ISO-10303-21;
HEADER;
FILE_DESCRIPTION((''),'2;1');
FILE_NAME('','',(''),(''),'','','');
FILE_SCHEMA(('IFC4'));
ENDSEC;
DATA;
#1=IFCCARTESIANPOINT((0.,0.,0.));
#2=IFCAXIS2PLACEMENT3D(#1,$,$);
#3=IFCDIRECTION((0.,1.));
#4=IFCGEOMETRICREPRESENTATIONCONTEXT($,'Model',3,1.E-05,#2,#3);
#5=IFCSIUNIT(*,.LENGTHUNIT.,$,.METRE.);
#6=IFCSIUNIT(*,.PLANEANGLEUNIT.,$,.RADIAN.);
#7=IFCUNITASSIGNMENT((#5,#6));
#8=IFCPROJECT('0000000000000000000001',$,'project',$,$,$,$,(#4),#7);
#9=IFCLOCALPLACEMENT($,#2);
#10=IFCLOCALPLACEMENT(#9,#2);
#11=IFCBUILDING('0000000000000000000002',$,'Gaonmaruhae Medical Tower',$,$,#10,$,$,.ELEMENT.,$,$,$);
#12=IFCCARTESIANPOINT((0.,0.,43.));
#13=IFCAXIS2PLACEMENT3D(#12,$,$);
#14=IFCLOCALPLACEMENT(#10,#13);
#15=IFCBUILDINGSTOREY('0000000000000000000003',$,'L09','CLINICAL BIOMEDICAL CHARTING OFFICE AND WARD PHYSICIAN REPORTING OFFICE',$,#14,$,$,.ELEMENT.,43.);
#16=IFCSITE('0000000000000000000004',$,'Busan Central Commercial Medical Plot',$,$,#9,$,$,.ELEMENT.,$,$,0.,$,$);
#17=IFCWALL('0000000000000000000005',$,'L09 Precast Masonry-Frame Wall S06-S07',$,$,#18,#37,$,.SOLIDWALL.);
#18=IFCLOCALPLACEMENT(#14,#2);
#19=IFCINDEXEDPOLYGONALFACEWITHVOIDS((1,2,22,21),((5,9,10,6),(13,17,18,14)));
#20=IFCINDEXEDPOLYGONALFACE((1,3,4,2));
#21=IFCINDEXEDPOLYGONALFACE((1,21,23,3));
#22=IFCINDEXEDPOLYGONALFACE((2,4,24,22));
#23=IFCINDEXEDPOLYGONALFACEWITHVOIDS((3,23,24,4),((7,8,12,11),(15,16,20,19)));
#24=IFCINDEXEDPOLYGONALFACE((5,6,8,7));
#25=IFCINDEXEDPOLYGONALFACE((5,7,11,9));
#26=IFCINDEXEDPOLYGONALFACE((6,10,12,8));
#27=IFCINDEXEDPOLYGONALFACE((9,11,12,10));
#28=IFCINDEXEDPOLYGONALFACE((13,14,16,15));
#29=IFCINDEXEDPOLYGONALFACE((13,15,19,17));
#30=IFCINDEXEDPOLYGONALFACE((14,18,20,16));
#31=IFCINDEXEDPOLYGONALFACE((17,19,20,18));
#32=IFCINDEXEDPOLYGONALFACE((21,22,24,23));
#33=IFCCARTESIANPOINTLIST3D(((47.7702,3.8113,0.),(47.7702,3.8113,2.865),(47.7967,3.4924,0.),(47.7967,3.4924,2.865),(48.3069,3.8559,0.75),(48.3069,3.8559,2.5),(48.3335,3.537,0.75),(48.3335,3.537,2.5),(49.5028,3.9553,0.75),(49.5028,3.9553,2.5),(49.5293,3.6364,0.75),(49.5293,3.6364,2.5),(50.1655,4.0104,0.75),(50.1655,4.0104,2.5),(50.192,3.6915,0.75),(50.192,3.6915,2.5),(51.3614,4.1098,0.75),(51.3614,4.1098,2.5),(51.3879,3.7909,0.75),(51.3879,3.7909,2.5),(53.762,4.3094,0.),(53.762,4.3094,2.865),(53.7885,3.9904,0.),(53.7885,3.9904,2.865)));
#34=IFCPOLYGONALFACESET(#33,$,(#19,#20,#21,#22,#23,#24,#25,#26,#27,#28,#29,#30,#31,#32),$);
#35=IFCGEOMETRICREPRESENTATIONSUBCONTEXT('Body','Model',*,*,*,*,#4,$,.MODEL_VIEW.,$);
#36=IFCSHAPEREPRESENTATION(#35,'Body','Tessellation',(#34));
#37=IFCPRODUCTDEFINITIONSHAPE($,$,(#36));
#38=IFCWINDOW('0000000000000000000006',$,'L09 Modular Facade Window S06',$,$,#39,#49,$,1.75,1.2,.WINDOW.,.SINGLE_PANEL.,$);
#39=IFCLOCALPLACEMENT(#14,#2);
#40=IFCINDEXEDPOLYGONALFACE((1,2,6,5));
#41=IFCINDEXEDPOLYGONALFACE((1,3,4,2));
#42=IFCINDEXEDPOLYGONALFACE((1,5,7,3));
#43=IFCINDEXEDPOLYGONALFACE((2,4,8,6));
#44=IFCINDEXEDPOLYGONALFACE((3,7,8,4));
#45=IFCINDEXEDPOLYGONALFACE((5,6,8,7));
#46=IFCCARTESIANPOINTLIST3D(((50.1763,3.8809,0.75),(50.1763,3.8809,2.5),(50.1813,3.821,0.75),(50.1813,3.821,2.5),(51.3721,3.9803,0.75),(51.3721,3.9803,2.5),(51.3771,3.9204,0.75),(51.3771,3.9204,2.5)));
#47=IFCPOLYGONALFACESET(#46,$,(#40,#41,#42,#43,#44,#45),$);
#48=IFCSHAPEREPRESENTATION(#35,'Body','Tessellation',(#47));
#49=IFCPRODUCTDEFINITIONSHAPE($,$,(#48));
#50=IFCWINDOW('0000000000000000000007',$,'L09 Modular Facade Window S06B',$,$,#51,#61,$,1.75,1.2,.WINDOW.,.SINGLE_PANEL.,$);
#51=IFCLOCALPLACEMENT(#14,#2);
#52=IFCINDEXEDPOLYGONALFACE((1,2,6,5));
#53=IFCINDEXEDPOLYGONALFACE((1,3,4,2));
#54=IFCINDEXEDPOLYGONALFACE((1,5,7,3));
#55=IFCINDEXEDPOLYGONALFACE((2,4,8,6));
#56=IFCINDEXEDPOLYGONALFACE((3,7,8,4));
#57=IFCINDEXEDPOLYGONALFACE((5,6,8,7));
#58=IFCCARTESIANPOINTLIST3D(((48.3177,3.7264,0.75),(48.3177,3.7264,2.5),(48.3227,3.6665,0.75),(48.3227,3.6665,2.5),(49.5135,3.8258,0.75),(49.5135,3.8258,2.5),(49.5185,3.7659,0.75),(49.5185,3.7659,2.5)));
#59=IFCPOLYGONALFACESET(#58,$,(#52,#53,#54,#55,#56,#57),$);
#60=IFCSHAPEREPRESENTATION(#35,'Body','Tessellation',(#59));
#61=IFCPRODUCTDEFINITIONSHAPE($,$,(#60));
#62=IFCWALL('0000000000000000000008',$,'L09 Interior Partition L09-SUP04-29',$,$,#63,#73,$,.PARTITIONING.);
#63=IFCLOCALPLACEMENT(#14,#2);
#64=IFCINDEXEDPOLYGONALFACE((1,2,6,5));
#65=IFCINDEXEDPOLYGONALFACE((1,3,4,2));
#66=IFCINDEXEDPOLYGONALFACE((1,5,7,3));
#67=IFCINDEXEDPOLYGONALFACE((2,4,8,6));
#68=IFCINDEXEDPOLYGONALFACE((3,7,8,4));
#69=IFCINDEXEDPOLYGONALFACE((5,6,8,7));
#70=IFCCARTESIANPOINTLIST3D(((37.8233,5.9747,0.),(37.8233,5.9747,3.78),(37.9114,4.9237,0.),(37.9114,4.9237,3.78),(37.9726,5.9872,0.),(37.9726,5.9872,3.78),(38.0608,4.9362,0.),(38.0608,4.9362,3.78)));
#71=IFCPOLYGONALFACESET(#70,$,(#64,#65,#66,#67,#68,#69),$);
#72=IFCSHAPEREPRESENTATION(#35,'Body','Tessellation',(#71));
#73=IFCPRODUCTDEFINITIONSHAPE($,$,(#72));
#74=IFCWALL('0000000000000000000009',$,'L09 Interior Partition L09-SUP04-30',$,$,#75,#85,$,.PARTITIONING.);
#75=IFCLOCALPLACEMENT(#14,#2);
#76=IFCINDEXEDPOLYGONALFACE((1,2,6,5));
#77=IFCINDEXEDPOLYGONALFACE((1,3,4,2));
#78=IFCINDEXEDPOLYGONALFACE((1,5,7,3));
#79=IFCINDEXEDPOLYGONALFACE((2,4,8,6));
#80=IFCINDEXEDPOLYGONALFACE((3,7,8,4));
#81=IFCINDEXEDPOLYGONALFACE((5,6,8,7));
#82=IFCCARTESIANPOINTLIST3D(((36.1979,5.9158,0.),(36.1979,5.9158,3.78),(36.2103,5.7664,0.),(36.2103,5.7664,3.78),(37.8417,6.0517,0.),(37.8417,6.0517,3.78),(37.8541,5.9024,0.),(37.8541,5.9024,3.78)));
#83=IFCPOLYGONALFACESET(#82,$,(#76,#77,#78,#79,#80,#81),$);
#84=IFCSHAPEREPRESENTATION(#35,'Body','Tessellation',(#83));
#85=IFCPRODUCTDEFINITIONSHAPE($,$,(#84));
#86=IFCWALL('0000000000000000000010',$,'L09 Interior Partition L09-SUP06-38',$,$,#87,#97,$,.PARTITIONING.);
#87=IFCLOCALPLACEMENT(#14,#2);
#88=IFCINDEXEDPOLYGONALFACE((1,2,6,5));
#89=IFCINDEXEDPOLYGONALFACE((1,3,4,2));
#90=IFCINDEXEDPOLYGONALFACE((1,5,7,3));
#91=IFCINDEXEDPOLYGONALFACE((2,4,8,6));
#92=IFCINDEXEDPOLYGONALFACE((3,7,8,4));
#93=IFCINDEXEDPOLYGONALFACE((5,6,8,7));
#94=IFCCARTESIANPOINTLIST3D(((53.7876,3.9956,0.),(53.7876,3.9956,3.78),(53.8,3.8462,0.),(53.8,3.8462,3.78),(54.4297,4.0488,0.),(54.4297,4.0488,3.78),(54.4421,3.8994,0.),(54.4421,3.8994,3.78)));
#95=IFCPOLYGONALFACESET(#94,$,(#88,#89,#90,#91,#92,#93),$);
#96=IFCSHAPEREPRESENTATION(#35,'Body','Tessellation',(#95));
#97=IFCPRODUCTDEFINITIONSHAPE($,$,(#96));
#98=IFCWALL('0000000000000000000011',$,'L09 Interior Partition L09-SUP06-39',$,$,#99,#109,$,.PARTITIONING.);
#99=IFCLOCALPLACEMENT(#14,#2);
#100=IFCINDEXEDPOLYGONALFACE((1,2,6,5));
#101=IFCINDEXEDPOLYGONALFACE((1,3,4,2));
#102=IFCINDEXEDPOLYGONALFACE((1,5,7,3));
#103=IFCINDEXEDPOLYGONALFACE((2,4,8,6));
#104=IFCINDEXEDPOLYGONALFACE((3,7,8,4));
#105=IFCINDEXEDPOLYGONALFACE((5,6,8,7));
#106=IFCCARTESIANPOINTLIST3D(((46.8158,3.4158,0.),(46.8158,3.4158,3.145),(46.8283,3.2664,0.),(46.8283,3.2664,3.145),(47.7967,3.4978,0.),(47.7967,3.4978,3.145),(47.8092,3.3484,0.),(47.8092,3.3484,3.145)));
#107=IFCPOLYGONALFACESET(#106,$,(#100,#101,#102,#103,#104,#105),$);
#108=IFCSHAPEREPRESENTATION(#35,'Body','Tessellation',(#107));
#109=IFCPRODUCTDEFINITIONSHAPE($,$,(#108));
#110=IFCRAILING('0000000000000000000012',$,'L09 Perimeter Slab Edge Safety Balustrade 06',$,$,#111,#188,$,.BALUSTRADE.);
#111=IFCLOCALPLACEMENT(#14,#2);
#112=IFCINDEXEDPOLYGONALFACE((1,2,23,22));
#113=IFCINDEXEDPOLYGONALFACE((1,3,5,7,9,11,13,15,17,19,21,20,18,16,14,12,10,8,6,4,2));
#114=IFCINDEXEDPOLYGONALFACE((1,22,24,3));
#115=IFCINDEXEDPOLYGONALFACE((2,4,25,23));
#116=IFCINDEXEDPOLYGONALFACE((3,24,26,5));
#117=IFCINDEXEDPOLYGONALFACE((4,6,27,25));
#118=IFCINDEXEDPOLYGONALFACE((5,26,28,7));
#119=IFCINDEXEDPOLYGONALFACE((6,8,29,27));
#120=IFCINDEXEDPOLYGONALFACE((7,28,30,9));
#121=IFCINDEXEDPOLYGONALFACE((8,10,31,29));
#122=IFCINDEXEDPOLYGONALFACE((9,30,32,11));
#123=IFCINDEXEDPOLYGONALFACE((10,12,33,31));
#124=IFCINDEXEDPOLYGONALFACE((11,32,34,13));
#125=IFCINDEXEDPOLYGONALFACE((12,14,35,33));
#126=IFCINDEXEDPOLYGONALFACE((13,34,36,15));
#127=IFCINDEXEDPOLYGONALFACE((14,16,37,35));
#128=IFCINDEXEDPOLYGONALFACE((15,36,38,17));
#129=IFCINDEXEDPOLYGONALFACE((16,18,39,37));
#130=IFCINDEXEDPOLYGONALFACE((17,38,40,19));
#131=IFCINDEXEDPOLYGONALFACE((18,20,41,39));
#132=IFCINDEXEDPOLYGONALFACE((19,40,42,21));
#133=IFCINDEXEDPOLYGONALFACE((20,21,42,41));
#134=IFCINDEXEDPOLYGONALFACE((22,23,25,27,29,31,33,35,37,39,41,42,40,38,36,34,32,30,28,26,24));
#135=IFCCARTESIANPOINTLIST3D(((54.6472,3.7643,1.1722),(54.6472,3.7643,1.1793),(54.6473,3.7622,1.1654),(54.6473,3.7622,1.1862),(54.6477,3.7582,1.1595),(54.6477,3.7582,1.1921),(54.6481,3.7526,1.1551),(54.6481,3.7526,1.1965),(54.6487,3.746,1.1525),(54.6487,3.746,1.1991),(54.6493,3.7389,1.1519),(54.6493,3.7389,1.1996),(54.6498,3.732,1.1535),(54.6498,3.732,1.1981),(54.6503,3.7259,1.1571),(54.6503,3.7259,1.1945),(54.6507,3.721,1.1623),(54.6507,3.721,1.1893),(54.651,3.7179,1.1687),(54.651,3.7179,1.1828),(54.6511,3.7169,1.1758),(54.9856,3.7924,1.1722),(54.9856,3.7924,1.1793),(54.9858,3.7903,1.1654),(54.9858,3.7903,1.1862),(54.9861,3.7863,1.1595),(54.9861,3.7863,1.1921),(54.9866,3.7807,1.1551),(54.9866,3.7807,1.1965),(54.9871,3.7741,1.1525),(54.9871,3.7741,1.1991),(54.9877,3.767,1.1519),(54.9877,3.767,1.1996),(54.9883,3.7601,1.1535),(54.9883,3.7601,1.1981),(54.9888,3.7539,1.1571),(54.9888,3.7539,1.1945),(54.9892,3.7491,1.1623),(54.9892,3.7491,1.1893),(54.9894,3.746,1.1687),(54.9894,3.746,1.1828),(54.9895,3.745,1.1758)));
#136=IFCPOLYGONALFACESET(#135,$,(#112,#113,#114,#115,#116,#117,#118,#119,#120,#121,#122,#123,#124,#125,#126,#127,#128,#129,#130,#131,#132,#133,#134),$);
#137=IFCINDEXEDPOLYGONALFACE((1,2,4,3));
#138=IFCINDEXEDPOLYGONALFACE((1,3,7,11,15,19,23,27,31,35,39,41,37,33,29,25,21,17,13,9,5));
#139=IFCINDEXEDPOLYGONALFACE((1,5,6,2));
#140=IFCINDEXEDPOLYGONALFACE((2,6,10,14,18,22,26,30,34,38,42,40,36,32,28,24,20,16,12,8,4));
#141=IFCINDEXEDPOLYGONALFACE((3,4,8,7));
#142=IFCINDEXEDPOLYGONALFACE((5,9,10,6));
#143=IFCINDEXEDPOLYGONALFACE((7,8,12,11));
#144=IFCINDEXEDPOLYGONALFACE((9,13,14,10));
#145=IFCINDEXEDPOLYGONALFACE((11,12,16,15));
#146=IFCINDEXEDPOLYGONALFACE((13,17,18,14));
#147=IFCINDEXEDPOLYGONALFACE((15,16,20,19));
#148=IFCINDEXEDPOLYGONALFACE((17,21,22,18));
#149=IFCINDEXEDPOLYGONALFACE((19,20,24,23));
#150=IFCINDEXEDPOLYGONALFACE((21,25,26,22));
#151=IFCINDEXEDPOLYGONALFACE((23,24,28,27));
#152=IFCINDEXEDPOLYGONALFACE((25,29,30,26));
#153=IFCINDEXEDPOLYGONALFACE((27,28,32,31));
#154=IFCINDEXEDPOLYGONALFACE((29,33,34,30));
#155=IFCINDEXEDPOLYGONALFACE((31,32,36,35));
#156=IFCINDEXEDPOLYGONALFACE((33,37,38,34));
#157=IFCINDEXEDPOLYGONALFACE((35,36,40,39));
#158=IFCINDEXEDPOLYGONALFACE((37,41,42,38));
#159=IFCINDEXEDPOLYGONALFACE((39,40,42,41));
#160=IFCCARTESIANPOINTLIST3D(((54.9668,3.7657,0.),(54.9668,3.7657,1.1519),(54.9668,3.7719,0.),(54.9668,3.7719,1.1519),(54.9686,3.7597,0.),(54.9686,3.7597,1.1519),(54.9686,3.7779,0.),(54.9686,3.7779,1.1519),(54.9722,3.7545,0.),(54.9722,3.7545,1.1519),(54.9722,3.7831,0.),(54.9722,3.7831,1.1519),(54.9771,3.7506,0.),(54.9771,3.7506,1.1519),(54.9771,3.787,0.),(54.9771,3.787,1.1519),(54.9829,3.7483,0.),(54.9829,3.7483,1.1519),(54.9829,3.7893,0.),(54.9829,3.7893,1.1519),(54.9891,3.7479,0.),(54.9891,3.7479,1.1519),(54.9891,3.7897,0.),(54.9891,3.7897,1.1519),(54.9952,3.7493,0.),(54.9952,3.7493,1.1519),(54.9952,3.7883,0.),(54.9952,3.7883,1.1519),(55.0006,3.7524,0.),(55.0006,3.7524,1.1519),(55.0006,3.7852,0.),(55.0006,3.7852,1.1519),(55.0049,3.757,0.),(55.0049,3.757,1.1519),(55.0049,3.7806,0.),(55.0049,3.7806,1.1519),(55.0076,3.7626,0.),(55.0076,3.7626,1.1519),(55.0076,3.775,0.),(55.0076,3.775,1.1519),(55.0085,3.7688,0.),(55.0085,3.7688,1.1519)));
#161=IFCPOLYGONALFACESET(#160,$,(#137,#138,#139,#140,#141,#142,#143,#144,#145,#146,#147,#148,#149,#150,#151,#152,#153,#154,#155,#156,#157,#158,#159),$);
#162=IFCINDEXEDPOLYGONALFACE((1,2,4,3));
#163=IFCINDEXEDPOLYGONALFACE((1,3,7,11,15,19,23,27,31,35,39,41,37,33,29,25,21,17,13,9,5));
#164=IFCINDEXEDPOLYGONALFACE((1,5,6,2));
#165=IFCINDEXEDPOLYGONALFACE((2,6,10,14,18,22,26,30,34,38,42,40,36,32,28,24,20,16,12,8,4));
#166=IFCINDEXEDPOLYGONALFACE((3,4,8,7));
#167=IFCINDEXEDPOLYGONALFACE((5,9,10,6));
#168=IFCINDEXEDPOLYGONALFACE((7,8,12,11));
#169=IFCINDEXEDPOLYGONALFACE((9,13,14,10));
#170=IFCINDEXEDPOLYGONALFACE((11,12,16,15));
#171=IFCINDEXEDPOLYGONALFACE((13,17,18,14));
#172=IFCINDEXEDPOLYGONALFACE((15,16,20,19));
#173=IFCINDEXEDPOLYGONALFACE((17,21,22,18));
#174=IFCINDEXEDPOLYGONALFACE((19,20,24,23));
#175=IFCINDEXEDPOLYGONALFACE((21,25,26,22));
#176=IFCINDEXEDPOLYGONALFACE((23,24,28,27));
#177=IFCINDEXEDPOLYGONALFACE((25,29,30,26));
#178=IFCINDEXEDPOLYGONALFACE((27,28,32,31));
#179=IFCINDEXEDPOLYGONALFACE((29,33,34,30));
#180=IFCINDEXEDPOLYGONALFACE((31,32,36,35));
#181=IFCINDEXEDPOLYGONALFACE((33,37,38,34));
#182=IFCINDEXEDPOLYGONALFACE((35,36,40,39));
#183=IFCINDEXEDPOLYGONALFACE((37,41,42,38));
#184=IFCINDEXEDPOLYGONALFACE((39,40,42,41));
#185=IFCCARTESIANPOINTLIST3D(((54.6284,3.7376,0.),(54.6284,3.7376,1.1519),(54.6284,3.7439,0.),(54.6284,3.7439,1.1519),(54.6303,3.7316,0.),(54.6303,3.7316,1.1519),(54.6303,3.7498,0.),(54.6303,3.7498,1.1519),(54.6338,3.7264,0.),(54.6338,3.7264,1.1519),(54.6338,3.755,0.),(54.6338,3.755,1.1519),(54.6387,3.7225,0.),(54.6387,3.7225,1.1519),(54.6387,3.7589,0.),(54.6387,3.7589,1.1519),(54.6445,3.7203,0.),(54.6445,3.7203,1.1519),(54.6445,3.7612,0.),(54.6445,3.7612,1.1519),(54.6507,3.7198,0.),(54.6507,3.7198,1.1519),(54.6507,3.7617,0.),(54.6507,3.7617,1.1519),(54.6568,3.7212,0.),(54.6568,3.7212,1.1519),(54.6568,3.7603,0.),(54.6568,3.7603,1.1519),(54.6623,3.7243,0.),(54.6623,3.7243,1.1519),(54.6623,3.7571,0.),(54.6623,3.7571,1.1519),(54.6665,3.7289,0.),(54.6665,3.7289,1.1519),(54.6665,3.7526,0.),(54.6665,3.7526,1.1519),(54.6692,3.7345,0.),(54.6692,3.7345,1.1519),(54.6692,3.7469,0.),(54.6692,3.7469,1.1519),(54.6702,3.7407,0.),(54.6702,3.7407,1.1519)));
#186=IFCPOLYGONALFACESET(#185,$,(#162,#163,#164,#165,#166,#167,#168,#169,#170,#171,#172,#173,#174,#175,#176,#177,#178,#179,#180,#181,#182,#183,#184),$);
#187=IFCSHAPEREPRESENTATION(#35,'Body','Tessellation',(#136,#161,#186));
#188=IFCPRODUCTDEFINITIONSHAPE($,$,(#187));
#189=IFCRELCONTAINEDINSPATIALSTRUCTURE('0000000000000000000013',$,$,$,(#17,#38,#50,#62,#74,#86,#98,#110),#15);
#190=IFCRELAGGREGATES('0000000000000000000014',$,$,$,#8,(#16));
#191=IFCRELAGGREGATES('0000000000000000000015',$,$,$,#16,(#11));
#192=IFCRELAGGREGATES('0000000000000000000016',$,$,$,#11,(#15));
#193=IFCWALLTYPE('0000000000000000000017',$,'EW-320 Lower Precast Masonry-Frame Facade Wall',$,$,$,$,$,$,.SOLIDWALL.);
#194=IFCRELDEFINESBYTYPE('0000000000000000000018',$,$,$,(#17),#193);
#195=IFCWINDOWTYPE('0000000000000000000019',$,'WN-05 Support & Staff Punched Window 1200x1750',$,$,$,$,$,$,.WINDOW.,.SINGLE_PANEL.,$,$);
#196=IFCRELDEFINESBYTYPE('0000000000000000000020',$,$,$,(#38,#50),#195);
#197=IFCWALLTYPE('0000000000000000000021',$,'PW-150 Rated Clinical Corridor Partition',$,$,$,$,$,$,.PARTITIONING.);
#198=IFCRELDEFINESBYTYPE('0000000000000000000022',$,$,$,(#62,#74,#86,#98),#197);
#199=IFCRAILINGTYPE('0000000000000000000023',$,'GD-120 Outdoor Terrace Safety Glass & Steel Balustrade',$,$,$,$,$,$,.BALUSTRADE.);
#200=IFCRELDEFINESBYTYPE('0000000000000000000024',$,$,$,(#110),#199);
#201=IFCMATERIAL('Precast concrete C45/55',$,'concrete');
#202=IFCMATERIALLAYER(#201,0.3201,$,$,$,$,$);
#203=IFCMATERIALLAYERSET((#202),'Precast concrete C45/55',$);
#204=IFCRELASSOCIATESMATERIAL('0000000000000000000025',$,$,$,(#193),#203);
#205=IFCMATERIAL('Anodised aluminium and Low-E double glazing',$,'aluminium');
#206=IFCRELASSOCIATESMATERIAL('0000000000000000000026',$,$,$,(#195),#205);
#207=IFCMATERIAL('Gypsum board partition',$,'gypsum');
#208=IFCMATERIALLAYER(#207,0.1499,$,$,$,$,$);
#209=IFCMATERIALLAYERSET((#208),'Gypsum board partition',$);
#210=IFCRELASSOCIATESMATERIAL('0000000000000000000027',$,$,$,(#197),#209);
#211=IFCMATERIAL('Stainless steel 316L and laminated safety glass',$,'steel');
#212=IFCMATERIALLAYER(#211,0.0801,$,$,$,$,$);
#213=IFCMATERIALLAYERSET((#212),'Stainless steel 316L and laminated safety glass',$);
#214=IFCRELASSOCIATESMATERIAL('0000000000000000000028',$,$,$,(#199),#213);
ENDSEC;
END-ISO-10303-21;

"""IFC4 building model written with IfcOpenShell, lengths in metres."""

from ifc_helpers import new_model, si_unit, direction, frame, frame_2d, origin, origin_2d, place, context, subcontext, project, spatial, rectangle, circle, extrude, material, layer, layer_set, type_object, element, fill, save


model = new_model("IFC4")

# Units and contexts
model_context = context("Model", 3, precision=1e-05, world=origin(), true_north=direction((0.0, 1.0)))
body_context = subcontext(model_context, "Body", "Model", "MODEL_VIEW")
ifc_project = project(units=[si_unit("LENGTHUNIT", "METRE"), si_unit("PLANEANGLEUNIT", "RADIAN")], contexts=[model_context])

# Site, building, storey
site_placement = place(None, origin())
site = spatial("IfcSite", under=ifc_project, at=site_placement, Name="Busan Central Commercial Medical Plot", CompositionType="ELEMENT", RefElevation=0.0)
building_placement = place(site_placement, origin())
building = spatial("IfcBuilding", under=site, at=building_placement, Name="Gaonmaruhae Medical Tower", CompositionType="ELEMENT")
storey_placement = place(building_placement, frame((0.0, 0.0, 43.0)))
storey = spatial("IfcBuildingStorey", under=building, at=storey_placement, Name="L09", Description="CLINICAL BIOMEDICAL CHARTING OFFICE AND WARD PHYSICIAN REPORTING OFFICE", CompositionType="ELEMENT", Elevation=43.0)

# Shared definitions
ifc_material_1 = material(Name="Precast concrete C45/55", Category="concrete")

# Shared definitions
ifc_layer_1 = layer(ifc_material_1, 0.3201)
ifc_layer_set_1 = layer_set([ifc_layer_1], Name="Precast concrete C45/55")
wall_type_1 = type_object("IfcWallType", Name="EW-320 Lower Precast Masonry-Frame Facade Wall", PredefinedType="SOLIDWALL", material=ifc_layer_set_1)
ifc_material_2 = material(Name="Anodised aluminium and Low-E double glazing", Category="aluminium")

# Wall, openings, windows
wall_1_placement = place(storey_placement, frame((53.7754, 4.1499, 0.0), z_axis=(0.0, 0.0, 1.0), x_axis=(-0.996563, -0.082837, 0.0)))
wall_1 = element("IfcWall", 1, at=wall_1_placement, inside=storey, type_object=wall_type_1, Name="L09 Precast Masonry-Frame Wall S06-S07", PredefinedType="SOLIDWALL", context=body_context, shape_type="SweptSolid", body=[
    extrude(rectangle(XDim=6.0125, YDim=0.3201, at=frame_2d((3.0063, 0.0))), origin(), (0.0, 0.0, 1.0), 2.865),
])
opening_1_placement = place(wall_1_placement, frame((2.4089, 0.0, 0.75)))
opening_1 = element("IfcOpeningElement", 2, at=opening_1_placement, cuts=wall_1, PredefinedType="OPENING", context=body_context, shape_type="SweptSolid", body=[
    extrude(rectangle(XDim=1.2, YDim=1.75, at=frame_2d((0.6001, 0.875))), frame((0.0, 0.1699, 0.0), z_axis=(0.0, -1.0, 0.0), x_axis=(1.0, 0.0, 0.0)), (0.0, 0.0, 1.0), 0.3401),
])
opening_2_placement = place(wall_1_placement, frame((4.2739, 0.0, 0.75)))
opening_2 = element("IfcOpeningElement", 3, at=opening_2_placement, cuts=wall_1, PredefinedType="OPENING", context=body_context, shape_type="SweptSolid", body=[
    extrude(rectangle(XDim=1.2, YDim=1.75, at=frame_2d((0.6001, 0.875))), frame((0.0, 0.1699, 0.0), z_axis=(0.0, -1.0, 0.0), x_axis=(1.0, 0.0, 0.0)), (0.0, 0.0, 1.0), 0.3401),
])
window_type_1 = type_object("IfcWindowType", Name="WN-05 Support & Staff Punched Window 1200x1750", PartitioningType="SINGLE_PANEL", PredefinedType="WINDOW", material=ifc_material_2)
window_1_placement = place(opening_1_placement, origin())
window_1 = element("IfcWindow", 4, at=window_1_placement, inside=storey, type_object=window_type_1, Name="L09 Modular Facade Window S06", OverallHeight=1.75, OverallWidth=1.2, PartitioningType="SINGLE_PANEL", PredefinedType="WINDOW", context=body_context, shape_type="SweptSolid", body=[
    extrude(rectangle(XDim=1.2, YDim=1.75, at=frame_2d((0.6001, 0.875))), frame((0.0, 0.03, 0.0), z_axis=(0.0, -1.0, 0.0), x_axis=(1.0, 0.0, 0.0)), (0.0, 0.0, 1.0), 0.0601),
])
fill(opening_1, window_1)
window_2_placement = place(opening_2_placement, origin())
window_2 = element("IfcWindow", 5, at=window_2_placement, inside=storey, type_object=window_type_1, Name="L09 Modular Facade Window S06B", OverallHeight=1.75, OverallWidth=1.2, PartitioningType="SINGLE_PANEL", PredefinedType="WINDOW", context=body_context, shape_type="SweptSolid", body=[
    extrude(rectangle(XDim=1.2, YDim=1.75, at=frame_2d((0.6001, 0.875))), frame((0.0, 0.03, 0.0), z_axis=(0.0, -1.0, 0.0), x_axis=(1.0, 0.0, 0.0)), (0.0, 0.0, 1.0), 0.0601),
])
fill(opening_2, window_2)

# Walls
ifc_material_3 = material(Name="Gypsum board partition", Category="gypsum")
ifc_layer_2 = layer(ifc_material_3, 0.1499)
ifc_layer_set_2 = layer_set([ifc_layer_2], Name="Gypsum board partition")
wall_type_2 = type_object("IfcWallType", Name="PW-150 Rated Clinical Corridor Partition", PredefinedType="PARTITIONING", material=ifc_layer_set_2)
wall_2_placement = place(storey_placement, frame((37.9861, 4.9299, 0.0), z_axis=(0.0, 0.0, 1.0), x_axis=(-0.083563, 0.996503, 0.0)))
element("IfcWall", 6, at=wall_2_placement, inside=storey, type_object=wall_type_2, Name="L09 Interior Partition L09-SUP04-29", PredefinedType="PARTITIONING", context=body_context, shape_type="SweptSolid", body=[
    extrude(rectangle(XDim=1.0547, YDim=0.1499, at=frame_2d((0.5273, 0.0))), origin(), (0.0, 0.0, 1.0), 3.78),
])
wall_3_placement = place(storey_placement, frame((37.8479, 5.9771, 0.0), z_axis=(0.0, 0.0, 1.0), x_axis=(-0.996596, -0.082445, 0.0)))
element("IfcWall", 7, at=wall_3_placement, inside=storey, type_object=wall_type_2, Name="L09 Interior Partition L09-SUP04-30", PredefinedType="PARTITIONING", context=body_context, shape_type="SweptSolid", body=[
    extrude(rectangle(XDim=1.6494, YDim=0.1499, at=frame_2d((0.8247, 0.0))), origin(), (0.0, 0.0, 1.0), 3.78),
])
wall_4_placement = place(storey_placement, frame((54.436, 3.9741, 0.0), z_axis=(0.0, 0.0, 1.0), x_axis=(-0.996582, -0.082606, 0.0)))
element("IfcWall", 8, at=wall_4_placement, inside=storey, type_object=wall_type_2, Name="L09 Interior Partition L09-SUP06-38", PredefinedType="PARTITIONING", context=body_context, shape_type="SweptSolid", body=[
    extrude(rectangle(XDim=0.6443, YDim=0.1499, at=frame_2d((0.3223, 0.0))), origin(), (0.0, 0.0, 1.0), 3.78),
])
wall_5_placement = place(storey_placement, frame((47.803, 3.4231, 0.0), z_axis=(0.0, 0.0, 1.0), x_axis=(-0.996522, -0.083333, 0.0)))
element("IfcWall", 9, at=wall_5_placement, inside=storey, type_object=wall_type_2, Name="L09 Interior Partition L09-SUP06-39", PredefinedType="PARTITIONING", context=body_context, shape_type="SweptSolid", body=[
    extrude(rectangle(XDim=0.9844, YDim=0.1499, at=frame_2d((0.4922, 0.0))), origin(), (0.0, 0.0, 1.0), 3.145),
])

# Railing
ifc_material_4 = material(Name="Stainless steel 316L and laminated safety glass", Category="steel")
ifc_layer_3 = layer(ifc_material_4, 0.0801)
ifc_layer_set_3 = layer_set([ifc_layer_3], Name="Stainless steel 316L and laminated safety glass")
railing_type = type_object("IfcRailingType", Name="GD-120 Outdoor Terrace Safety Glass & Steel Balustrade", PredefinedType="BALUSTRADE", material=ifc_layer_set_3)
railing_placement = place(storey_placement, frame((54.9875, 3.7688, 0.0)))
element("IfcRailing", 10, at=railing_placement, inside=storey, type_object=railing_type, Name="L09 Perimeter Slab Edge Safety Balustrade 06", PredefinedType="BALUSTRADE", context=body_context, shape_type="SweptSolid", body=[
    extrude(circle(Radius=0.0239, at=origin_2d()), frame((0.0, 0.0, 1.1758), z_axis=(-0.996575, -0.082688, 0.0), x_axis=(0.082688, -0.996575, 0.0)), (0.0, 0.0, 1.0), 0.3396),
    extrude(circle(Radius=0.021, at=origin_2d()), origin(), (0.0, 0.0, 1.0), 1.1519),
    extrude(circle(Radius=0.021, at=origin_2d()), frame((-0.3384, -0.0281, 0.0)), (0.0, 0.0, 1.0), 1.1519),
])

save(model, "model.ifc")
